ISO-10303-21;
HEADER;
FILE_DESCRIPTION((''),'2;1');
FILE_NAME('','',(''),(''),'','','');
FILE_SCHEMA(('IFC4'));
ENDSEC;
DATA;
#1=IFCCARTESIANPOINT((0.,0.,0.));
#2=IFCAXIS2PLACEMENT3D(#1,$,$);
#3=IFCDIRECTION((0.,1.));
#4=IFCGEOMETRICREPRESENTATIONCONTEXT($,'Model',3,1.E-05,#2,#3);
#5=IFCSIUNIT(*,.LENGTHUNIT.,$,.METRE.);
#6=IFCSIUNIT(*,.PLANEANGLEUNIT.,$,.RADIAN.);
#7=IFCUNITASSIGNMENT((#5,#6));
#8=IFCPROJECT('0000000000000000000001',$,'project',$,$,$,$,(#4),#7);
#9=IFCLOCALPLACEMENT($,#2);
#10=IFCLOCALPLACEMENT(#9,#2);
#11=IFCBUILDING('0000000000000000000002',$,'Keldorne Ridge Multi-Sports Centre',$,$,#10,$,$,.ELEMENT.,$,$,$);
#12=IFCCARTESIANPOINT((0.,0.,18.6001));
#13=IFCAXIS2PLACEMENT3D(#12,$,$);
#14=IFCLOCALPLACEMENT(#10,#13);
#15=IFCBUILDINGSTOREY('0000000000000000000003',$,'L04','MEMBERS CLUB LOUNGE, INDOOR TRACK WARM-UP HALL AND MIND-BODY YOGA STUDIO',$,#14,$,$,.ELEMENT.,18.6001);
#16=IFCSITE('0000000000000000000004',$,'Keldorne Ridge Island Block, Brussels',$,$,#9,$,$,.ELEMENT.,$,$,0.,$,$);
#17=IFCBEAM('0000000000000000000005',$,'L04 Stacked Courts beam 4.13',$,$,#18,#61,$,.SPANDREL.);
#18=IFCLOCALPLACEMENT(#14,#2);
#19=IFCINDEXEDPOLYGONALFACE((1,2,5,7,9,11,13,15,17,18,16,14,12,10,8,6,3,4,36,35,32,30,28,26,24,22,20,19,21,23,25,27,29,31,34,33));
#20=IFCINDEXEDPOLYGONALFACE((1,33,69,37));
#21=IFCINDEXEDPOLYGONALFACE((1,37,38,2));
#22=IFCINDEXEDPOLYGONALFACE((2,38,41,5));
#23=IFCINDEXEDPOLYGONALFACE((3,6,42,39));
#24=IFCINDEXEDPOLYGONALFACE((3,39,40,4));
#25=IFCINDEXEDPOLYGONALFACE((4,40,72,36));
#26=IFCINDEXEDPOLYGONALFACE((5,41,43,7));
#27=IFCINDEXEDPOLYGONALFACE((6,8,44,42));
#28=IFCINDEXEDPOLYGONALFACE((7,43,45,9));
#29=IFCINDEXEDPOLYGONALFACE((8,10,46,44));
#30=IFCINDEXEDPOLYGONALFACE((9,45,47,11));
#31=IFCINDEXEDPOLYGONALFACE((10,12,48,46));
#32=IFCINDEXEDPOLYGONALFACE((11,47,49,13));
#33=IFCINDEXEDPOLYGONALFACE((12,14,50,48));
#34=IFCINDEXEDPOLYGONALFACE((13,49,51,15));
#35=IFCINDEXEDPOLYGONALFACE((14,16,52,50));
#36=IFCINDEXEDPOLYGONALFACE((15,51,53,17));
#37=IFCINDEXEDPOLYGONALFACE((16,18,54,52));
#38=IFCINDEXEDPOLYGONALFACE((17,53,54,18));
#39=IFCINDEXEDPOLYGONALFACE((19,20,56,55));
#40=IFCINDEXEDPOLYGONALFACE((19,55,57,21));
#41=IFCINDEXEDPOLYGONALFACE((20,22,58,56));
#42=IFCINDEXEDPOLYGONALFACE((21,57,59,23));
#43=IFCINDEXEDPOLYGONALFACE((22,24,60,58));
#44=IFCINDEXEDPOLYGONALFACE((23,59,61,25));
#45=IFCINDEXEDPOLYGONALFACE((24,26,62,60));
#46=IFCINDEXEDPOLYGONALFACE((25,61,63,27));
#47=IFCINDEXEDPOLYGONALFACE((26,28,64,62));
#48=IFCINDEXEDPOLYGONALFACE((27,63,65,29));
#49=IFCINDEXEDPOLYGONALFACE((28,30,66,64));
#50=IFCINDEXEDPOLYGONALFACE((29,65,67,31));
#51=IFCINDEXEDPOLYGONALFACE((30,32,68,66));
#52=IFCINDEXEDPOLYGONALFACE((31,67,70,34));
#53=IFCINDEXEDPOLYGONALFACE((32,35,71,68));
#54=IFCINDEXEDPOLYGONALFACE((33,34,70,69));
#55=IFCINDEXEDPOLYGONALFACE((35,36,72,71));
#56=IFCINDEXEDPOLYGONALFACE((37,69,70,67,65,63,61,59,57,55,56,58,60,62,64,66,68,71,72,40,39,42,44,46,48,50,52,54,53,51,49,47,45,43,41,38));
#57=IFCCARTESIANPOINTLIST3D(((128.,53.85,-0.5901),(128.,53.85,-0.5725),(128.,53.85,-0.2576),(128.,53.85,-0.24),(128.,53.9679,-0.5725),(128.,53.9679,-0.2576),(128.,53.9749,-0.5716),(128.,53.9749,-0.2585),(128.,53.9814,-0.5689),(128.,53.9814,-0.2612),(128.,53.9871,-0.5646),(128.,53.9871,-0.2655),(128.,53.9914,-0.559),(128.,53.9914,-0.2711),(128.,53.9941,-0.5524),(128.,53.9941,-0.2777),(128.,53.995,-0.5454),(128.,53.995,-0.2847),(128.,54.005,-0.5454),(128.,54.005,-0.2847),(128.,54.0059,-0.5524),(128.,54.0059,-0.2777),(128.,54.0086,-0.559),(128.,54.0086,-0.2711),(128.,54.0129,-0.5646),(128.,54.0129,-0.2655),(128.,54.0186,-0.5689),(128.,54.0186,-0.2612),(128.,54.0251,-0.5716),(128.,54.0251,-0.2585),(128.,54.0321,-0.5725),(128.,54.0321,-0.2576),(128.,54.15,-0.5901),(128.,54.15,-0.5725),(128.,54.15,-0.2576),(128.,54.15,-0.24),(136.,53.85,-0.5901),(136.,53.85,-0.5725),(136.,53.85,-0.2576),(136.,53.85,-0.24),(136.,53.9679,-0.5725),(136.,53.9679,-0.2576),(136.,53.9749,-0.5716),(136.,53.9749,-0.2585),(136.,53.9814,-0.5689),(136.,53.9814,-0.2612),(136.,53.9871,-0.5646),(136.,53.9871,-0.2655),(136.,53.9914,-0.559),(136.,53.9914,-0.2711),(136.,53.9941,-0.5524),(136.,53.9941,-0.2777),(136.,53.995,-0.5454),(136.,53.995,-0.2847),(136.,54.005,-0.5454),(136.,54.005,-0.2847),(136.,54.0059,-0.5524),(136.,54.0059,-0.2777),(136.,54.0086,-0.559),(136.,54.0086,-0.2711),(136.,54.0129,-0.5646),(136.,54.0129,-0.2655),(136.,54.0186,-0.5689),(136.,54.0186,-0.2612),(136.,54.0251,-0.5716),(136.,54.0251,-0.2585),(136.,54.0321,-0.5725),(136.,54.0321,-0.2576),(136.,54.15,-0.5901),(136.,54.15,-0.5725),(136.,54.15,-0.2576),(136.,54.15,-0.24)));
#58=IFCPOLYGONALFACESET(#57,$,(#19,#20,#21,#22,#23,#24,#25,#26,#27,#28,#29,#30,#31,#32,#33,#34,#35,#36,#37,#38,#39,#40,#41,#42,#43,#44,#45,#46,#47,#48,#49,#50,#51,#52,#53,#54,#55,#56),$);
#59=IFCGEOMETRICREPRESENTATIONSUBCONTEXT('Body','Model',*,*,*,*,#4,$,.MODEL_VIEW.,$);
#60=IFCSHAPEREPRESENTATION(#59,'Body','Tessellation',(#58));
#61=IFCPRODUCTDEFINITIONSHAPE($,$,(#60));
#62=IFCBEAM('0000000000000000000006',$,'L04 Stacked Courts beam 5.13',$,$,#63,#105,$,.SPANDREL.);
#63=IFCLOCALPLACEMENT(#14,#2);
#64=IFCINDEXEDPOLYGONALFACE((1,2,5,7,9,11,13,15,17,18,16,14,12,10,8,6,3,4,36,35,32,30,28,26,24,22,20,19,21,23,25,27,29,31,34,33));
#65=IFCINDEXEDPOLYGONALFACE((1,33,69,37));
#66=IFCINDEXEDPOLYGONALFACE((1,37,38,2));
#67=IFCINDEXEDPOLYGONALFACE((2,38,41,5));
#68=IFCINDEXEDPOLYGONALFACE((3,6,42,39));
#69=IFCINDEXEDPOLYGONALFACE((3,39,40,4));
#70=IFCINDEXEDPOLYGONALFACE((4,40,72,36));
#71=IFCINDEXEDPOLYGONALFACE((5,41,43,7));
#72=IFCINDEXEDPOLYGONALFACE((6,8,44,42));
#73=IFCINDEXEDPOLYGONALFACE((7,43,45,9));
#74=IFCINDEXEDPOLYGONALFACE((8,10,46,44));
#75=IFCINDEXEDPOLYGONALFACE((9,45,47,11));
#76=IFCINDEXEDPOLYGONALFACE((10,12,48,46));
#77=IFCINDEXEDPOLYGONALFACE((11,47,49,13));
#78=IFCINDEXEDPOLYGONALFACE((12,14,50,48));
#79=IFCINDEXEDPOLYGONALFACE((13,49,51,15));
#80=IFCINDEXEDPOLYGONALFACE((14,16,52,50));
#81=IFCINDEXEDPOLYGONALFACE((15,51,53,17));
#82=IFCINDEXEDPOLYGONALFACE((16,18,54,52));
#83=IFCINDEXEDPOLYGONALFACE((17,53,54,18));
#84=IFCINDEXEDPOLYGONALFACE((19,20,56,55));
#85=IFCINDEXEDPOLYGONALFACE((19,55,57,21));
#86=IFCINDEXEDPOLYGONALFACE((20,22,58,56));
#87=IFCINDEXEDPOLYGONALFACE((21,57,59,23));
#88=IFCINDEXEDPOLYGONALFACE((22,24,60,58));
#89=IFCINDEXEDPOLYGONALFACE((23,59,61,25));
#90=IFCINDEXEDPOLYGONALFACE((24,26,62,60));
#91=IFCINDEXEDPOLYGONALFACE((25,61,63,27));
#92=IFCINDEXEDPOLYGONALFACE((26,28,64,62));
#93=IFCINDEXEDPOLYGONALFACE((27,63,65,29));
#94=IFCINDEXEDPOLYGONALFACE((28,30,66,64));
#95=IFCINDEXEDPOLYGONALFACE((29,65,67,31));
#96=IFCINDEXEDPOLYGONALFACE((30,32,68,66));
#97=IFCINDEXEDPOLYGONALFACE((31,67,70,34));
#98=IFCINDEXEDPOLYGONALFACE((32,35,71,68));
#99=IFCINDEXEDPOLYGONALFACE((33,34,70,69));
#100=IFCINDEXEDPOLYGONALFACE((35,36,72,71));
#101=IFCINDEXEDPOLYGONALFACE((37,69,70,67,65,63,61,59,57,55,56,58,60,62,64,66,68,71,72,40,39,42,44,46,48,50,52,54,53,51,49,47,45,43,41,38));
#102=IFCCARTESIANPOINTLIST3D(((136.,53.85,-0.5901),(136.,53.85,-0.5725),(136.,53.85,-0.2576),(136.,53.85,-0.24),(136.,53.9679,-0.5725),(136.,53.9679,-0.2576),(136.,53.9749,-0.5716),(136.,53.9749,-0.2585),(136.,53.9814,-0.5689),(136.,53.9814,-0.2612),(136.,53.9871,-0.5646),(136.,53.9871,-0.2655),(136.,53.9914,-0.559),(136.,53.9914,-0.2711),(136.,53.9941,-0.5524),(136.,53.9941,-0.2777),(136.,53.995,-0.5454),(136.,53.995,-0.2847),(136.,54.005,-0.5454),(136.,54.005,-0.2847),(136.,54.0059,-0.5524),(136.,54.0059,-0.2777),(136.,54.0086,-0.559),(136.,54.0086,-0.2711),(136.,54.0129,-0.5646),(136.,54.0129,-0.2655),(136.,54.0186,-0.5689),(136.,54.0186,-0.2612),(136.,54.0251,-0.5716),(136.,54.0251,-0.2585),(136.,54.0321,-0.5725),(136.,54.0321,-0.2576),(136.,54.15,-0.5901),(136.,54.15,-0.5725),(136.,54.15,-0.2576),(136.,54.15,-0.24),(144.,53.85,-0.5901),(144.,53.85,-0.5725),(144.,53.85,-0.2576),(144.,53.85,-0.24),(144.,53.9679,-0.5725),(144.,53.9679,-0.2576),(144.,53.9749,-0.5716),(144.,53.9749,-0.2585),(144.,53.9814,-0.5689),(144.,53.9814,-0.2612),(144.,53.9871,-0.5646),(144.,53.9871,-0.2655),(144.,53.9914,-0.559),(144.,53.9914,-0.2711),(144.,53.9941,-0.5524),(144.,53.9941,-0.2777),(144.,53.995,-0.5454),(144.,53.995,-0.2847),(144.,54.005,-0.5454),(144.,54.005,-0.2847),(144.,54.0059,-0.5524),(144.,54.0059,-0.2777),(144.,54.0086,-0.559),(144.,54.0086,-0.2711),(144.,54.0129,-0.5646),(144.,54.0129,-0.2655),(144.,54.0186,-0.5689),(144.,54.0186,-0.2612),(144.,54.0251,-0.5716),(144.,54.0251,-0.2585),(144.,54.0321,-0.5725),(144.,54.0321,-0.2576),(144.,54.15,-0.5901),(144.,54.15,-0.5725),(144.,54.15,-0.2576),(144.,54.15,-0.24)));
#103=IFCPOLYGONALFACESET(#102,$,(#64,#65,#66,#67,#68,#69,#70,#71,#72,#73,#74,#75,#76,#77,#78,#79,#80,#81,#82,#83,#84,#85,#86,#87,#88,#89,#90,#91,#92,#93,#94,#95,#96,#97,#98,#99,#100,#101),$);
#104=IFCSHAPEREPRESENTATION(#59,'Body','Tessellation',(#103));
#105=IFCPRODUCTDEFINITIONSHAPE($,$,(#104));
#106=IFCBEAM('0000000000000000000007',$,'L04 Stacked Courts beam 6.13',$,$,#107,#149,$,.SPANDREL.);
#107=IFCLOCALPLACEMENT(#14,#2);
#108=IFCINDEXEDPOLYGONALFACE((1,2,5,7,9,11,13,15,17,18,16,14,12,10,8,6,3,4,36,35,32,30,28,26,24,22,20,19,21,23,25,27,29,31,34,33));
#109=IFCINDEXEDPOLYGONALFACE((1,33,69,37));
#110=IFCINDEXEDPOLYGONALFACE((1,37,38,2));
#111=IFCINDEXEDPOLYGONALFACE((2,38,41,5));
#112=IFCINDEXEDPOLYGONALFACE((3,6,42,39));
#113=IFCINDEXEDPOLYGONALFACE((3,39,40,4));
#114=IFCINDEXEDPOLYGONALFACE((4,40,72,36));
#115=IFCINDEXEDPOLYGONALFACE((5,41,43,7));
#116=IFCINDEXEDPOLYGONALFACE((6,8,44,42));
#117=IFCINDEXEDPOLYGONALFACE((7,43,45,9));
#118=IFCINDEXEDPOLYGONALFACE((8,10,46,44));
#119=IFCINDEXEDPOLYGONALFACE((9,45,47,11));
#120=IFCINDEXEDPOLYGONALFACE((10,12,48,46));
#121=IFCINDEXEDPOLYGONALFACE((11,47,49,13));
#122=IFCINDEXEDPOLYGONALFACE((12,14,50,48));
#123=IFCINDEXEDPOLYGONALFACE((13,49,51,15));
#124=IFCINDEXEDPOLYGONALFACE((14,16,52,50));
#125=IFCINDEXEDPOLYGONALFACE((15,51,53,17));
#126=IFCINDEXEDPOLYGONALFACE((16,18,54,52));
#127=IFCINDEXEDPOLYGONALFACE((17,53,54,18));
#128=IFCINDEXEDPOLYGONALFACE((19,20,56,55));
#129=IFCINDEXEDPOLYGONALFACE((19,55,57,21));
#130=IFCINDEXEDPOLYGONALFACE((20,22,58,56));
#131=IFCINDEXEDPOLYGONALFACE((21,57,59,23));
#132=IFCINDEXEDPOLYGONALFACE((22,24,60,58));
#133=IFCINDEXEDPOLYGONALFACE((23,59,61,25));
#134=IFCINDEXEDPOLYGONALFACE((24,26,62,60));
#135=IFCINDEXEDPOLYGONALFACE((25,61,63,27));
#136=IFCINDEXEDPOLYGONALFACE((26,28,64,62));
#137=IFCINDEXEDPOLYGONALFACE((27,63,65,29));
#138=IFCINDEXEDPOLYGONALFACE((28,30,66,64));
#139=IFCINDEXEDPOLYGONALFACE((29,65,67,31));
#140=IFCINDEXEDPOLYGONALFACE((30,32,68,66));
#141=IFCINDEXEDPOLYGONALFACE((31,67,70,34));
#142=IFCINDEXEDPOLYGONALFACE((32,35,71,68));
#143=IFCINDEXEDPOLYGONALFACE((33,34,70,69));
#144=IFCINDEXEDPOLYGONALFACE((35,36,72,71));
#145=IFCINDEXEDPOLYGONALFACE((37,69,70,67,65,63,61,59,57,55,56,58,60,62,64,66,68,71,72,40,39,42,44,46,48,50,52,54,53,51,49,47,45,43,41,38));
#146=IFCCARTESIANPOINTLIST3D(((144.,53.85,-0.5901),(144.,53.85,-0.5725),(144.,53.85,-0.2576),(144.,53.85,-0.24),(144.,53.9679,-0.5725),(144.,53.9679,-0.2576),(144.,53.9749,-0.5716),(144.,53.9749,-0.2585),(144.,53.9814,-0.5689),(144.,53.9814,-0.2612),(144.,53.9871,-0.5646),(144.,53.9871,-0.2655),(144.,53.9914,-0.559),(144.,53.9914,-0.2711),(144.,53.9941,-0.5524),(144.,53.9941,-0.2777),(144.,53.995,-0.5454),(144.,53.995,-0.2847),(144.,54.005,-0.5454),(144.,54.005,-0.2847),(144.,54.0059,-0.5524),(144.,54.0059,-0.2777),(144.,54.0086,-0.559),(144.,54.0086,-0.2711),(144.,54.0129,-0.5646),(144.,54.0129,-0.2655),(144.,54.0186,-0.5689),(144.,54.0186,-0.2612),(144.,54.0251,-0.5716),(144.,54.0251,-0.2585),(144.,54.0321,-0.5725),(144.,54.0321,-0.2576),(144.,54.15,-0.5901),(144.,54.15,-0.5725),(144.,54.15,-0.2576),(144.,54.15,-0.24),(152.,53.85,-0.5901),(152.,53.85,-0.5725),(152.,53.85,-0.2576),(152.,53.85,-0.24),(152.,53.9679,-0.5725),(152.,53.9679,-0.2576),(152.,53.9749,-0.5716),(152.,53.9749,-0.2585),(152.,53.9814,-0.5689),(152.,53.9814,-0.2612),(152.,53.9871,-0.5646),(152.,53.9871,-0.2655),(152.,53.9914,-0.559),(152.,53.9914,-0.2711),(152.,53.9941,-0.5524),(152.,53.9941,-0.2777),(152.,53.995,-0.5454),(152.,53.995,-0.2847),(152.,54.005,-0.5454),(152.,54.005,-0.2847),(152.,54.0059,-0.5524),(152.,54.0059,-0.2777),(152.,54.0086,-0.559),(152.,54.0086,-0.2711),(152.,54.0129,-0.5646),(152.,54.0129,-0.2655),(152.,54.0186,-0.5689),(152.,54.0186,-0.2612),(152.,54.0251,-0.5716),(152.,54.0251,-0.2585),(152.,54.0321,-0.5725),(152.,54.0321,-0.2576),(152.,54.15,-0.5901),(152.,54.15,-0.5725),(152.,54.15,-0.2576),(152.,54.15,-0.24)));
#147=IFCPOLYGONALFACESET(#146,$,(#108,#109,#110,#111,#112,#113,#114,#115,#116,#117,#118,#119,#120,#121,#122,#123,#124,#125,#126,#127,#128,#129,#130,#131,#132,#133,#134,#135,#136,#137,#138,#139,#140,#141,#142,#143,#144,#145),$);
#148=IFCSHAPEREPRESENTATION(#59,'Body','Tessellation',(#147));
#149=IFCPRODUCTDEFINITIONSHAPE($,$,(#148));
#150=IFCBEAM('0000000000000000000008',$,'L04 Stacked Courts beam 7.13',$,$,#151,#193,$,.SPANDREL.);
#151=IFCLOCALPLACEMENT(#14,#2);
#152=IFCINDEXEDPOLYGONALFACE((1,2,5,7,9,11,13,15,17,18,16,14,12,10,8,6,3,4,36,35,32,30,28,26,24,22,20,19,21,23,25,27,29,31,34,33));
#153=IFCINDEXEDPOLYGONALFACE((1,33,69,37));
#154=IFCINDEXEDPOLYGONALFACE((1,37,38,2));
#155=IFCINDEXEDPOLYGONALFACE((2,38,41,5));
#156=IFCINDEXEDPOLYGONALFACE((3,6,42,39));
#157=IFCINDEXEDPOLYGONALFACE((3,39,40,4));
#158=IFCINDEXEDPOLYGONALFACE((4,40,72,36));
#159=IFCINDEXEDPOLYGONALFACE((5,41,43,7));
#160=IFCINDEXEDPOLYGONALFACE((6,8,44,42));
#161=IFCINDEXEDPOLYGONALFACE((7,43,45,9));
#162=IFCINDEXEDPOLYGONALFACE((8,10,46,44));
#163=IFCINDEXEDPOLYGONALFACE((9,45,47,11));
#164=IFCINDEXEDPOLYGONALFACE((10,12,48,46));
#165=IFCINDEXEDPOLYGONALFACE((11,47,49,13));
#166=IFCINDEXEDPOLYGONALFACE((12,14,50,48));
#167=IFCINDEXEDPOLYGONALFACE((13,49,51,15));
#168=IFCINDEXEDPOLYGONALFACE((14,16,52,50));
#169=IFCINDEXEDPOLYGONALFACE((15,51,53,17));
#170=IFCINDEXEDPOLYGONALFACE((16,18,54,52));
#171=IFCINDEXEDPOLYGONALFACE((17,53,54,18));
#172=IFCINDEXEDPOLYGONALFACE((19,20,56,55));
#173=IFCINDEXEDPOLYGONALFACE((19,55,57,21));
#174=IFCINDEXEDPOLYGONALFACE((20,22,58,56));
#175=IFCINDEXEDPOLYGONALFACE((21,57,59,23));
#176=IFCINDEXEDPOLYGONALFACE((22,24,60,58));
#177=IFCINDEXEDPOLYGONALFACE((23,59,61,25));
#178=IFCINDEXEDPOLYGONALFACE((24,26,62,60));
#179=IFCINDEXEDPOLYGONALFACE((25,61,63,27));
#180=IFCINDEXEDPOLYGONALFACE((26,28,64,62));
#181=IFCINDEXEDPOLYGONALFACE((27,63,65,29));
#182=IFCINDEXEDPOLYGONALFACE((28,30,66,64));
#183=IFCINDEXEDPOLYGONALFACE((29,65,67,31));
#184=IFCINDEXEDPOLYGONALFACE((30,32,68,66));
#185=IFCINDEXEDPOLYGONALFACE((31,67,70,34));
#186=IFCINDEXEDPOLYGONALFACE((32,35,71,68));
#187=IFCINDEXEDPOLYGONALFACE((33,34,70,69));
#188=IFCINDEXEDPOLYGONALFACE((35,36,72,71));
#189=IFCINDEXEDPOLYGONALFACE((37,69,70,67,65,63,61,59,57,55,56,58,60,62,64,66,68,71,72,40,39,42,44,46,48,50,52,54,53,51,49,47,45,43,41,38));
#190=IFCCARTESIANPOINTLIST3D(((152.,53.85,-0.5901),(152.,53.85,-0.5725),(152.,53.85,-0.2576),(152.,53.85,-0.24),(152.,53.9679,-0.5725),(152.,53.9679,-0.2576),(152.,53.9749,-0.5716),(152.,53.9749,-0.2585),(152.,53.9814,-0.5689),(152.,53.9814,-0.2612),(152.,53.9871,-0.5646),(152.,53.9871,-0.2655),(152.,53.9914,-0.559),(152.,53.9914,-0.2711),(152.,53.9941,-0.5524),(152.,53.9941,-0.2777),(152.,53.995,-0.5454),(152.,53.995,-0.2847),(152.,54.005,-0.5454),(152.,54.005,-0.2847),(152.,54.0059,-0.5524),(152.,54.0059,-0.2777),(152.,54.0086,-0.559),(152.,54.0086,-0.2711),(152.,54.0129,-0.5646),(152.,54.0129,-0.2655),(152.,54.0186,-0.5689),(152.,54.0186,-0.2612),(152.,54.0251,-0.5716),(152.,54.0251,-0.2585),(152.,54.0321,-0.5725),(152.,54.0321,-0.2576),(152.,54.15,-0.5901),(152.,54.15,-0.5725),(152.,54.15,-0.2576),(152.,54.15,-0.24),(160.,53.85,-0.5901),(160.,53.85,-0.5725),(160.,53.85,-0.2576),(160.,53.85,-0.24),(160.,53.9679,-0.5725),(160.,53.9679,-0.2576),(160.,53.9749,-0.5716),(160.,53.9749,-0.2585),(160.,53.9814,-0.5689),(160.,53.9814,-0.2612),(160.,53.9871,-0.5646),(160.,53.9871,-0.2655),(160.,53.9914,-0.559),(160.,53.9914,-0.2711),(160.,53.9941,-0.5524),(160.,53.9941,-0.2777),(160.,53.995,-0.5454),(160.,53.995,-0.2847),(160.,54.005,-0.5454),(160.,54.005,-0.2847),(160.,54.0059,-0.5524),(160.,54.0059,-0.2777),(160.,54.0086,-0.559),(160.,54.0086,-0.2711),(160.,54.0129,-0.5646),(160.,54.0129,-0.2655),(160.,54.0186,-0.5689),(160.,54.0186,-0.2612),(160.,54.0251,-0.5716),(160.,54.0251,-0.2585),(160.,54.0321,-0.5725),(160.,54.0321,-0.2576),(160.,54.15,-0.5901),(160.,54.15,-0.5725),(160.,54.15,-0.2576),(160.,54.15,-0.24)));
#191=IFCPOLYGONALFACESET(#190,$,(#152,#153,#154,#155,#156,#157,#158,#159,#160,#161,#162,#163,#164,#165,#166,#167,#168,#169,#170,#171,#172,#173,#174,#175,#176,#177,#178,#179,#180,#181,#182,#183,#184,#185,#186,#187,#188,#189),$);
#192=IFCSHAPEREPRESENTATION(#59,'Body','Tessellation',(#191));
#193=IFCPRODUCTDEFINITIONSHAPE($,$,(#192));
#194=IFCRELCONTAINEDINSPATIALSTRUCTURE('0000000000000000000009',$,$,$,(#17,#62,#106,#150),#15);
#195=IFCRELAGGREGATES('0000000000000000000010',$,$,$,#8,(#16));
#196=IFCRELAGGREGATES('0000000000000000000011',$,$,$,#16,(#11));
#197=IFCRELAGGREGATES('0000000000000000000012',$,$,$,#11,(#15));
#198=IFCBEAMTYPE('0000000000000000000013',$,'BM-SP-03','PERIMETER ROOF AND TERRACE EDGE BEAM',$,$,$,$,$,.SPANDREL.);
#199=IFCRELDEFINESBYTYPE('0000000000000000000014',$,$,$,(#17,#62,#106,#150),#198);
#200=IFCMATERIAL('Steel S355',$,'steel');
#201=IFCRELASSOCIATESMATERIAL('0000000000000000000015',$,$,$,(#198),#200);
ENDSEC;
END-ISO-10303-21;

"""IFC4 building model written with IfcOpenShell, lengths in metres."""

from ifc_helpers import new_model, si_unit, direction, frame, origin, origin_2d, place, context, subcontext, project, spatial, i_section, extrude, material, material_profile, profile_set, type_object, element, save


model = new_model("IFC4")

# Units and contexts
model_context = context("Model", 3, precision=1e-05, world=origin(), true_north=direction((0.0, 1.0)))
body_context = subcontext(model_context, "Body", "Model", "MODEL_VIEW")
ifc_project = project(units=[si_unit("LENGTHUNIT", "METRE"), si_unit("PLANEANGLEUNIT", "RADIAN")], contexts=[model_context])

# Site, building, storey
site_placement = place(None, origin())
site = spatial("IfcSite", under=ifc_project, at=site_placement, Name="Keldorne Ridge Island Block, Brussels", CompositionType="ELEMENT", RefElevation=0.0)
building_placement = place(site_placement, origin())
building = spatial("IfcBuilding", under=site, at=building_placement, Name="Keldorne Ridge Multi-Sports Centre", CompositionType="ELEMENT")
storey_placement = place(building_placement, frame((0.0, 0.0, 18.6001)))
storey = spatial("IfcBuildingStorey", under=building, at=storey_placement, Name="L04", Description="MEMBERS CLUB LOUNGE, INDOOR TRACK WARM-UP HALL AND MIND-BODY YOGA STUDIO", CompositionType="ELEMENT", Elevation=18.6001)

# Shared definitions
ifc_material_1 = material(Name="Steel S355", Category="steel")

# Beams
ifc_material_profile_1 = material_profile(ifc_material_1, i_section(OverallWidth=0.3, OverallDepth=0.3501, WebThickness=0.01, FlangeThickness=0.0176, FilletRadius=0.0271, at=origin_2d()), Name="HEA 360")
ifc_profile_set_1 = profile_set([ifc_material_profile_1], Name="Steel S355")
beam_type_1 = type_object("IfcBeamType", Name="BM-SP-03", Description="PERIMETER ROOF AND TERRACE EDGE BEAM", PredefinedType="SPANDREL", material=ifc_profile_set_1)
for number, where, z_axis, x_axis, name in (
    (1, (128.0, 54.0, -0.415), (1.0, 0.0, 0.0), (0.0, 1.0, 0.0), "L04 Stacked Courts beam 4.13"),
    (2, (136.0, 54.0, -0.415), (1.0, 0.0, 0.0), (0.0, 1.0, 0.0), "L04 Stacked Courts beam 5.13"),
    (3, (144.0, 54.0, -0.415), (1.0, 0.0, 0.0), (0.0, 1.0, 0.0), "L04 Stacked Courts beam 6.13"),
    (4, (152.0, 54.0, -0.415), (1.0, 0.0, 0.0), (0.0, 1.0, 0.0), "L04 Stacked Courts beam 7.13"),
):
    element("IfcBeam", number, at=place(storey_placement, frame(where, z_axis=z_axis, x_axis=x_axis)), inside=storey, type_object=beam_type_1, Name=name, PredefinedType="SPANDREL", context=body_context, shape_type="SweptSolid", body=[
        extrude(i_section(OverallWidth=0.3, OverallDepth=0.3501, WebThickness=0.01, FlangeThickness=0.0176, FilletRadius=0.0271, at=origin_2d()), origin(), (0.0, 0.0, 1.0), 8.0),
    ])

save(model, "model.ifc")
